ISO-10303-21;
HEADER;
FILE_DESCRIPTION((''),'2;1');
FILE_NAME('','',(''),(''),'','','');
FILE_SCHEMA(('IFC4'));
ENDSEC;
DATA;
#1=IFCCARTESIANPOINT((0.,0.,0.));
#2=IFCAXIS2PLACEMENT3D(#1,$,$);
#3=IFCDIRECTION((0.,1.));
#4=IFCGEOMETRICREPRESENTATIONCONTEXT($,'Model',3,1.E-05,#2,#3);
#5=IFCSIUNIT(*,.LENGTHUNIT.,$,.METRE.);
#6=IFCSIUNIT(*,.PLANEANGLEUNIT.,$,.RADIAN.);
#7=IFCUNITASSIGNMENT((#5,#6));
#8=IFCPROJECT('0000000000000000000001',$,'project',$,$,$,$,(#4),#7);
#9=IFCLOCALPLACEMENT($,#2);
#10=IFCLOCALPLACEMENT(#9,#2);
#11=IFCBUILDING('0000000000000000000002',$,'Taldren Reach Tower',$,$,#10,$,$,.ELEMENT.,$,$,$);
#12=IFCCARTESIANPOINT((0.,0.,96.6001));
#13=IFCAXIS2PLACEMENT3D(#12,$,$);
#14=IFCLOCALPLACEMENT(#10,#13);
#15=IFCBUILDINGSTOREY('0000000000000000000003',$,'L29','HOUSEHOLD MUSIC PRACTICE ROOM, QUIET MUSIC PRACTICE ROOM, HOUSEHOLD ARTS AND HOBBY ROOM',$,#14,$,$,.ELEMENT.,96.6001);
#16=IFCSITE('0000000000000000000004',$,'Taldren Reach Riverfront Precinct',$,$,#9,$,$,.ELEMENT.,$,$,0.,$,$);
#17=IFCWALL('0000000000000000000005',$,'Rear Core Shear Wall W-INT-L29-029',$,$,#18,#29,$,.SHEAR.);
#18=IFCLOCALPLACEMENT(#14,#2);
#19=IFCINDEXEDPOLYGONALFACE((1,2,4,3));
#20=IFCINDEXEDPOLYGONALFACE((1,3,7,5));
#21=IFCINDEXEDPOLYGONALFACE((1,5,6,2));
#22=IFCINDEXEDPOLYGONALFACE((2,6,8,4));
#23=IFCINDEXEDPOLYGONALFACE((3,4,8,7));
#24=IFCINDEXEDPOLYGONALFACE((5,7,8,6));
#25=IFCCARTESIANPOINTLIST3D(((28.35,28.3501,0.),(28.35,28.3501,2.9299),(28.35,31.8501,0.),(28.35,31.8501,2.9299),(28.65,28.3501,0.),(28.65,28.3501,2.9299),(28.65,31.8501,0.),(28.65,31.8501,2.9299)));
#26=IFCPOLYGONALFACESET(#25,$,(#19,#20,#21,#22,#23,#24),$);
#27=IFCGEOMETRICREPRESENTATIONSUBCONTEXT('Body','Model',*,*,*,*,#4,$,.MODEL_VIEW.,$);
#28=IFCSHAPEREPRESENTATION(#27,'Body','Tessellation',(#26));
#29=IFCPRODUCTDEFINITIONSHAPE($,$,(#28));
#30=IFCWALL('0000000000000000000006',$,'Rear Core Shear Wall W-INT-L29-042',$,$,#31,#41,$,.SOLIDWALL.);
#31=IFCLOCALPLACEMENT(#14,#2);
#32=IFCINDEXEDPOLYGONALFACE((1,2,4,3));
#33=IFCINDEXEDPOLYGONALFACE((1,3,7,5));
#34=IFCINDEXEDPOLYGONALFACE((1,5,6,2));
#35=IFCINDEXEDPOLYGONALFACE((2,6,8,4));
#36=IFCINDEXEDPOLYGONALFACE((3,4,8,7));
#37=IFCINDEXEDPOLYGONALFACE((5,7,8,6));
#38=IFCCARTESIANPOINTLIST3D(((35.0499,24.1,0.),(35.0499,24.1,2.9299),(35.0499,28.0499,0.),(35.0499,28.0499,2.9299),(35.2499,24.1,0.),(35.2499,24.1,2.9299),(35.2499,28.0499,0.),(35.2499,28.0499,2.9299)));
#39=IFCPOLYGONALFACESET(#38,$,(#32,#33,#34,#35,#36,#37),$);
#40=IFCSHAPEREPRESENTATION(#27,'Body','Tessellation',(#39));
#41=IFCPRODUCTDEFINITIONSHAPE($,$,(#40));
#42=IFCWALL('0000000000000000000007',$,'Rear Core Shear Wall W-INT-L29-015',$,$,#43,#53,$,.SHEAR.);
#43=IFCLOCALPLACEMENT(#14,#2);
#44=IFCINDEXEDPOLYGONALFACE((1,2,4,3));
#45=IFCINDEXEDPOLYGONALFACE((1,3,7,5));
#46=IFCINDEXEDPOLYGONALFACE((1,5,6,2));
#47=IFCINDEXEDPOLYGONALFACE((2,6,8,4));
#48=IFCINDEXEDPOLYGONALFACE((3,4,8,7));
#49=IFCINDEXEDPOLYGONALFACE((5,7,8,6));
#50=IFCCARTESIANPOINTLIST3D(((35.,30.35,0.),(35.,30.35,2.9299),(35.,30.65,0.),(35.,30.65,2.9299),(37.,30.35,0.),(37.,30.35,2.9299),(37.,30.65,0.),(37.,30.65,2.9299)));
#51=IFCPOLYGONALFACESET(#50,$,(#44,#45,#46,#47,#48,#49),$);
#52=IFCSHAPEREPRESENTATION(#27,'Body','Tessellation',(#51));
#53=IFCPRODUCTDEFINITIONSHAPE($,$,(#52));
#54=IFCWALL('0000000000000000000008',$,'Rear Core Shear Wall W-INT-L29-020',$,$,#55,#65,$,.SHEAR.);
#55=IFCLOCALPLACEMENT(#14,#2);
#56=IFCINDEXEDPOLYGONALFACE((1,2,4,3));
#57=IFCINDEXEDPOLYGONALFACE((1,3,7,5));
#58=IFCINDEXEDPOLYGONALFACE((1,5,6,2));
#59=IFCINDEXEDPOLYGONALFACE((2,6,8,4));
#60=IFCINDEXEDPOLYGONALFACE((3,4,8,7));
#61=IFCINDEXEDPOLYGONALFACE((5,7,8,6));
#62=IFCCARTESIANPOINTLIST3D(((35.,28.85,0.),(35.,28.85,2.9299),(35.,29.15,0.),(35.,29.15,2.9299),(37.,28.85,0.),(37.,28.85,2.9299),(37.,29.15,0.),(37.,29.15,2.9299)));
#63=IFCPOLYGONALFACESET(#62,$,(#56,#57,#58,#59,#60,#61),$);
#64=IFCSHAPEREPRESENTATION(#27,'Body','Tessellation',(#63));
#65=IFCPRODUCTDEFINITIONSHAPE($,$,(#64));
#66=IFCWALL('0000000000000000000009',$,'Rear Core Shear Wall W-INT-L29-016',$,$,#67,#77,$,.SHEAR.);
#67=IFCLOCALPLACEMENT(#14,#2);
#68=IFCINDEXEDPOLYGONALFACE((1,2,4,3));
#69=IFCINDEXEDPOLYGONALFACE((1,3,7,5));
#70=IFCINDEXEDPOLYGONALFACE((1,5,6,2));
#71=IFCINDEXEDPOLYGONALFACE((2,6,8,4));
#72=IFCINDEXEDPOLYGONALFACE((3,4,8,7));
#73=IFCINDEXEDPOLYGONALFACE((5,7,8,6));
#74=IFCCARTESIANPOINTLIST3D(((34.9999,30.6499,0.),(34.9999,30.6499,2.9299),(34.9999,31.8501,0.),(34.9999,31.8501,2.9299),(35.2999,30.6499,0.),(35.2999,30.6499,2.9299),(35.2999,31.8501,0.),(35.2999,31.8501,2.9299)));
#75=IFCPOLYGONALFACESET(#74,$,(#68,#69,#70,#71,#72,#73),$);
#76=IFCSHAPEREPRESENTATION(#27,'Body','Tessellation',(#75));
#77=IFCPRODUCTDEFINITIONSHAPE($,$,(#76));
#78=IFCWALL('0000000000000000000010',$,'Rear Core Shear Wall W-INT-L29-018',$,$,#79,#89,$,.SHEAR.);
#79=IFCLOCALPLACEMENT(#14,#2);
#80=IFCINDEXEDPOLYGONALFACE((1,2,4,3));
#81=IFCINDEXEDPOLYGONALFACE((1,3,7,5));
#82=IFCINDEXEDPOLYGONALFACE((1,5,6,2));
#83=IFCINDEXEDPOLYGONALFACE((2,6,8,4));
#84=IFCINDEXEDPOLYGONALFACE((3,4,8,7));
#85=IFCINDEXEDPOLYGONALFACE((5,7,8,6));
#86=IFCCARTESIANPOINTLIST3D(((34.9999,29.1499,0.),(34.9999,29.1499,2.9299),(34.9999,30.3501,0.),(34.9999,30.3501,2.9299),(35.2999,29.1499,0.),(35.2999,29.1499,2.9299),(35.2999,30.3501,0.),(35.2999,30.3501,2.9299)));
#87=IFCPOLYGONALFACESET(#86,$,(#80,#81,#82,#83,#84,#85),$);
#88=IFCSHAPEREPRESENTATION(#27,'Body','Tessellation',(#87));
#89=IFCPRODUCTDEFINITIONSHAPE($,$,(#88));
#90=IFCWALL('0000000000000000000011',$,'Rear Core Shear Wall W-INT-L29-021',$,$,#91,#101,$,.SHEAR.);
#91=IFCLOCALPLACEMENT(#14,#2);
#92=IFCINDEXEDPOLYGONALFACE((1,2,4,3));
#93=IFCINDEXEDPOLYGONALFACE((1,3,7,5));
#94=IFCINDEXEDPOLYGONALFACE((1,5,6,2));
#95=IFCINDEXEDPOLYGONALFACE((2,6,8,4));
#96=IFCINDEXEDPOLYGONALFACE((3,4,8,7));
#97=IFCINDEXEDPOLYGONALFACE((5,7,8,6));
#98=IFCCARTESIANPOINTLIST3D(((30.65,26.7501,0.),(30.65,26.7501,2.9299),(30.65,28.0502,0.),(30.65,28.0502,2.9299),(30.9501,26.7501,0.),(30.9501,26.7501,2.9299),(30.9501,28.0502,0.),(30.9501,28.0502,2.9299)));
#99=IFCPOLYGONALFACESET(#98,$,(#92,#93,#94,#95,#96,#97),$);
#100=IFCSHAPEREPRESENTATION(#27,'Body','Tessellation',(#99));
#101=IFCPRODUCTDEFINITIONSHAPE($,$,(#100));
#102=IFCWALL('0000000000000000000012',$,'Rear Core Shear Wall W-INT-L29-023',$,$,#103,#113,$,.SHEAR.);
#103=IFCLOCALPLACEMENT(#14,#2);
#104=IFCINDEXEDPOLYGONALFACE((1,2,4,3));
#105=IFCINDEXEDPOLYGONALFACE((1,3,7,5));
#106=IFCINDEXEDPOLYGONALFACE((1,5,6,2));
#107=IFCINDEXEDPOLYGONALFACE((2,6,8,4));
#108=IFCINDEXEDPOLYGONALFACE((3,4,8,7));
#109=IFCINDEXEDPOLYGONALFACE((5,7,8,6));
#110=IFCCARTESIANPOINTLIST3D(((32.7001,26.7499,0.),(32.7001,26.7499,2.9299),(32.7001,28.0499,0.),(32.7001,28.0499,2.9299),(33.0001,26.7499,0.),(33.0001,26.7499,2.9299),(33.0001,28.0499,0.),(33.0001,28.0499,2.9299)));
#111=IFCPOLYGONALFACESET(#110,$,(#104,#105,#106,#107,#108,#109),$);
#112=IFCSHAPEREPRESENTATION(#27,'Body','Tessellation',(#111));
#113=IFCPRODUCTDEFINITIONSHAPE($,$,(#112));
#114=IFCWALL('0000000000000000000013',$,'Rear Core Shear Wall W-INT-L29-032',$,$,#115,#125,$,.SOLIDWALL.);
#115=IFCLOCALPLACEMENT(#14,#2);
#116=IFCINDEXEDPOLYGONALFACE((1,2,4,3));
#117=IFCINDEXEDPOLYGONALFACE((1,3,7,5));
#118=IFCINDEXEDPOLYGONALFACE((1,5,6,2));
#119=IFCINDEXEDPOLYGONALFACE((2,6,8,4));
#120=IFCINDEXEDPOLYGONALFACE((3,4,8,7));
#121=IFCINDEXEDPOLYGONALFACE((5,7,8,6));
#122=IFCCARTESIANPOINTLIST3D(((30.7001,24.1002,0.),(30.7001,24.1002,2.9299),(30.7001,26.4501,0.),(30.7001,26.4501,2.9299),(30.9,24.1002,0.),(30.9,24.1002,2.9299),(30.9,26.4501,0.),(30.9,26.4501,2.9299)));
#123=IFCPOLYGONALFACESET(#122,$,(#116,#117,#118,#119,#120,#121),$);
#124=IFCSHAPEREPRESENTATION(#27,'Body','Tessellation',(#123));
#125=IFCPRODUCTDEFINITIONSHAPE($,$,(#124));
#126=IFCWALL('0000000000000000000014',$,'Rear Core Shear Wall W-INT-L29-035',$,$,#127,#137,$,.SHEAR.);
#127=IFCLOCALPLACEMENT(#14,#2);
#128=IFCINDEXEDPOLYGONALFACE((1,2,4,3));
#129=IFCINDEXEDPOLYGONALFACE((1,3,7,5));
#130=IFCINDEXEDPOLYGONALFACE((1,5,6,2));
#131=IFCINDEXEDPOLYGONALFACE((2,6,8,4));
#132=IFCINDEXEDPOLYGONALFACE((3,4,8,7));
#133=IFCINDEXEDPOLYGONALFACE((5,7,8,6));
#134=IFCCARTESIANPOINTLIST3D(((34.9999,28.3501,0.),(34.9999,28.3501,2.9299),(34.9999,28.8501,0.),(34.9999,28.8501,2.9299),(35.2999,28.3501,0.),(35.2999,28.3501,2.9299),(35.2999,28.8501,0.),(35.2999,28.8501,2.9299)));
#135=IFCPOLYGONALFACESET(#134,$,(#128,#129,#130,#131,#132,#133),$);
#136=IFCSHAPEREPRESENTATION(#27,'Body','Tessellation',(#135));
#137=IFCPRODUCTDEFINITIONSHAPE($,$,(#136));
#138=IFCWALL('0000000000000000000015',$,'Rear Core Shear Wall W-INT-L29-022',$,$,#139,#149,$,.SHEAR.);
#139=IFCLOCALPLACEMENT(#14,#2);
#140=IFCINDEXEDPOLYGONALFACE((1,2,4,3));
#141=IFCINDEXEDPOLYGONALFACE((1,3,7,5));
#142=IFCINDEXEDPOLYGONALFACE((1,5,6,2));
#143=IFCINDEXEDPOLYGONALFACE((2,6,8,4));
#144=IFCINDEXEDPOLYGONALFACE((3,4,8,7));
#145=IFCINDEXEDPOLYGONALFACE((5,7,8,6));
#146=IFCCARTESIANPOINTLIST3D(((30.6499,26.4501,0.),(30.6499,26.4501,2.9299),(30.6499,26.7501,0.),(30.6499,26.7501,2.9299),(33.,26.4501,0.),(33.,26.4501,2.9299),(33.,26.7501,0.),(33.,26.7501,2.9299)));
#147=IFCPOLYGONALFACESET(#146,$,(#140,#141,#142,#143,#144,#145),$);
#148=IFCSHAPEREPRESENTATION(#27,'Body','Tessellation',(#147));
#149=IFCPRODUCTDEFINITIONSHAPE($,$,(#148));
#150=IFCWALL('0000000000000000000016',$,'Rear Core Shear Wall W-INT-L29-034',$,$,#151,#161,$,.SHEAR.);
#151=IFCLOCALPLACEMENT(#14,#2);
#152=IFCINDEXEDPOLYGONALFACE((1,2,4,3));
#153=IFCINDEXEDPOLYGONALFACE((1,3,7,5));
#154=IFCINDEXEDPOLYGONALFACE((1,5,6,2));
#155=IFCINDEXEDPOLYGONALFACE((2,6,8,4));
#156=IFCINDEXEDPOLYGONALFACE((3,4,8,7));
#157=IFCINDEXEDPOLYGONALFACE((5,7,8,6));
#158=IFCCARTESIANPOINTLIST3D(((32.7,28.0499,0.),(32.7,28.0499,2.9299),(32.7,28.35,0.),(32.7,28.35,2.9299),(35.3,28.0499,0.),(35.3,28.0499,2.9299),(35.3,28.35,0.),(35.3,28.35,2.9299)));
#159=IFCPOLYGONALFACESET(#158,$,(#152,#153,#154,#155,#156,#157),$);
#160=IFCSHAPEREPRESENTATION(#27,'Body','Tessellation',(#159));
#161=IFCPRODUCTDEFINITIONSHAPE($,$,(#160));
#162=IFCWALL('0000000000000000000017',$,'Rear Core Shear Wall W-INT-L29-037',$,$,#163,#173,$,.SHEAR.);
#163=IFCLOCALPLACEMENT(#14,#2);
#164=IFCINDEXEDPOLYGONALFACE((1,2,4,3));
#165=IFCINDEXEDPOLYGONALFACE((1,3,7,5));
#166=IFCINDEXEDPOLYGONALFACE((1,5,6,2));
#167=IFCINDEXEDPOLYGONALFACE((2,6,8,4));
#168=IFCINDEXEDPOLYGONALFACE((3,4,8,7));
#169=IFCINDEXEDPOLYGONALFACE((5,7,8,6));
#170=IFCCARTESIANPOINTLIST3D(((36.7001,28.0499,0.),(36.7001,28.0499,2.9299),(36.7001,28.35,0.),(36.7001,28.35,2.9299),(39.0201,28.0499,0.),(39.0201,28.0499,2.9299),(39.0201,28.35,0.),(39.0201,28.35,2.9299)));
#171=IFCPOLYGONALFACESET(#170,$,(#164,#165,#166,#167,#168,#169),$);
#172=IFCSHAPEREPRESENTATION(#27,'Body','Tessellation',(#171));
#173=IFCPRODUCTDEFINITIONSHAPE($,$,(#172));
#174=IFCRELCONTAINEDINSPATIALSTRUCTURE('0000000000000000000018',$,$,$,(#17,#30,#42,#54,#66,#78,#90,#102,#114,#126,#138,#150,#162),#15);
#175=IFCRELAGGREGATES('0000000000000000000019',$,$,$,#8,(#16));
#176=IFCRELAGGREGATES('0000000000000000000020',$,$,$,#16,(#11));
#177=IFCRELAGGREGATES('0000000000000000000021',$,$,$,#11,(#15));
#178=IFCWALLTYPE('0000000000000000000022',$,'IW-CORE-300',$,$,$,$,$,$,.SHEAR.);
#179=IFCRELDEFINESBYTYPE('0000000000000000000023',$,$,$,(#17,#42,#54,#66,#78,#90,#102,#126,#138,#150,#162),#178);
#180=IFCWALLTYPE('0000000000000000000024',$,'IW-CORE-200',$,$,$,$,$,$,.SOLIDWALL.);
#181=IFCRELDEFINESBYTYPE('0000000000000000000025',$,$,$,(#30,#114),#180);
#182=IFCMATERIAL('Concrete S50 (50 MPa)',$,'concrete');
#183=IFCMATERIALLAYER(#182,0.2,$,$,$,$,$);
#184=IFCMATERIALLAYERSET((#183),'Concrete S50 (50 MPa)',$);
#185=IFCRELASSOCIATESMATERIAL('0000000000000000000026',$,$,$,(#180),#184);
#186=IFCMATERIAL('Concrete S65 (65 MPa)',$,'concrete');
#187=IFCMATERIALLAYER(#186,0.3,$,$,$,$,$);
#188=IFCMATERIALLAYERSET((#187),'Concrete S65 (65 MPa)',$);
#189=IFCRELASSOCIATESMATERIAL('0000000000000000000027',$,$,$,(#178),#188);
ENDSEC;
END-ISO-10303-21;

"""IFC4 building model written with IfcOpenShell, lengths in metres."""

from ifc_helpers import new_model, si_unit, direction, frame, frame_2d, origin, place, context, subcontext, project, spatial, rectangle, extrude, source, transform, mapped, material, layer, layer_set, type_object, element, save


model = new_model("IFC4")

# Units and contexts
model_context = context("Model", 3, precision=1e-05, world=origin(), true_north=direction((0.0, 1.0)))
body_context = subcontext(model_context, "Body", "Model", "MODEL_VIEW")
ifc_project = project(units=[si_unit("LENGTHUNIT", "METRE"), si_unit("PLANEANGLEUNIT", "RADIAN")], contexts=[model_context])

# Site, building, storey
site_placement = place(None, origin())
site = spatial("IfcSite", under=ifc_project, at=site_placement, Name="Taldren Reach Riverfront Precinct", CompositionType="ELEMENT", RefElevation=0.0)
building_placement = place(site_placement, origin())
building = spatial("IfcBuilding", under=site, at=building_placement, Name="Taldren Reach Tower", CompositionType="ELEMENT")
storey_placement = place(building_placement, frame((0.0, 0.0, 96.6001)))
storey = spatial("IfcBuildingStorey", under=building, at=storey_placement, Name="L29", Description="HOUSEHOLD MUSIC PRACTICE ROOM, QUIET MUSIC PRACTICE ROOM, HOUSEHOLD ARTS AND HOBBY ROOM", CompositionType="ELEMENT", Elevation=96.6001)

# Shared definitions
ifc_material_1 = material(Name="Concrete S50 (50 MPa)", Category="concrete")
ifc_layer_1 = layer(ifc_material_1, 0.2)
ifc_layer_set_1 = layer_set([ifc_layer_1], Name="Concrete S50 (50 MPa)")
wall_type_1 = type_object("IfcWallType", Name="IW-CORE-200", PredefinedType="SOLIDWALL", material=ifc_layer_set_1)

# Walls
ifc_material_2 = material(Name="Concrete S65 (65 MPa)", Category="concrete")
ifc_layer_2 = layer(ifc_material_2, 0.3)
ifc_layer_set_2 = layer_set([ifc_layer_2], Name="Concrete S65 (65 MPa)")
wall_type_2 = type_object("IfcWallType", Name="IW-CORE-300", PredefinedType="SHEAR", material=ifc_layer_set_2)
shared_shape_1 = source(origin(), body_context, "Body", "SweptSolid", [
    extrude(rectangle(XDim=3.5, YDim=0.3, at=frame_2d((1.75, 0.0))), origin(), (0.0, 0.0, 1.0), 2.9299),
])
wall_1_placement = place(storey_placement, frame((28.5, 28.3501, 0.0), z_axis=(0.0, 0.0, 1.0), x_axis=(0.0, 1.0, 0.0)))
element("IfcWall", 1, at=wall_1_placement, inside=storey, type_object=wall_type_2, Name="Rear Core Shear Wall W-INT-L29-029", PredefinedType="SHEAR", context=body_context, shape_type="MappedRepresentation", body=[
    mapped(shared_shape_1, transform((0.0, 0.0, 0.0), scale=1.0)),
])
shared_shape_2 = source(origin(), body_context, "Body", "SweptSolid", [
    extrude(rectangle(XDim=3.95, YDim=0.2, at=frame_2d((1.9751, 0.0))), origin(), (0.0, 0.0, 1.0), 2.9299),
])
wall_2_placement = place(storey_placement, frame((35.1499, 28.05, 0.0), z_axis=(0.0, 0.0, 1.0), x_axis=(0.0, -1.0, 0.0)))
element("IfcWall", 2, at=wall_2_placement, inside=storey, type_object=wall_type_1, Name="Rear Core Shear Wall W-INT-L29-042", PredefinedType="SOLIDWALL", context=body_context, shape_type="MappedRepresentation", body=[
    mapped(shared_shape_2, transform((0.0, 0.0, 0.0), scale=1.0)),
])
shared_shape_3 = source(origin(), body_context, "Body", "SweptSolid", [
    extrude(rectangle(XDim=2.0, YDim=0.3, at=frame_2d((1.0, 0.0))), origin(), (0.0, 0.0, 1.0), 2.9299),
])
for number, where, z_axis, x_axis, name in (
    (3, (35.0, 30.5, 0.0), (0.0, 0.0, 1.0), (1.0, 0.0, 0.0), "Rear Core Shear Wall W-INT-L29-015"),
    (4, (35.0, 29.0, 0.0), (0.0, 0.0, 1.0), (1.0, 0.0, 0.0), "Rear Core Shear Wall W-INT-L29-020"),
):
    element("IfcWall", number, at=place(storey_placement, frame(where, z_axis=z_axis, x_axis=x_axis)), inside=storey, type_object=wall_type_2, Name=name, PredefinedType="SHEAR", context=body_context, shape_type="MappedRepresentation", body=[
        mapped(shared_shape_3, transform((0.0, 0.0, 0.0), scale=1.0)),
    ])
shared_shape_4 = source(origin(), body_context, "Body", "SweptSolid", [
    extrude(rectangle(XDim=1.2002, YDim=0.3, at=frame_2d((0.6001, 0.0))), origin(), (0.0, 0.0, 1.0), 2.9299),
])
for number, where, z_axis, x_axis, name in (
    (5, (35.1499, 31.8501, 0.0), (0.0, 0.0, 1.0), (0.0, -1.0, 0.0), "Rear Core Shear Wall W-INT-L29-016"),
    (6, (35.1499, 30.3501, 0.0), (0.0, 0.0, 1.0), (0.0, -1.0, 0.0), "Rear Core Shear Wall W-INT-L29-018"),
):
    element("IfcWall", number, at=place(storey_placement, frame(where, z_axis=z_axis, x_axis=x_axis)), inside=storey, type_object=wall_type_2, Name=name, PredefinedType="SHEAR", context=body_context, shape_type="MappedRepresentation", body=[
        mapped(shared_shape_4, transform((0.0, 0.0, 0.0), scale=1.0)),
    ])
shared_shape_5 = source(origin(), body_context, "Body", "SweptSolid", [
    extrude(rectangle(XDim=1.3, YDim=0.3, at=frame_2d((0.6499, 0.0))), origin(), (0.0, 0.0, 1.0), 2.9299),
])
for number, where, z_axis, x_axis, name in (
    (7, (30.8, 28.05, 0.0), (0.0, 0.0, 1.0), (0.0, -1.0, 0.0), "Rear Core Shear Wall W-INT-L29-021"),
    (8, (32.8501, 26.75, 0.0), (0.0, 0.0, 1.0), (0.0, 1.0, 0.0), "Rear Core Shear Wall W-INT-L29-023"),
):
    element("IfcWall", number, at=place(storey_placement, frame(where, z_axis=z_axis, x_axis=x_axis)), inside=storey, type_object=wall_type_2, Name=name, PredefinedType="SHEAR", context=body_context, shape_type="MappedRepresentation", body=[
        mapped(shared_shape_5, transform((0.0, 0.0, 0.0), scale=1.0)),
    ])

# Walls
shared_shape_6 = source(origin(), body_context, "Body", "SweptSolid", [
    extrude(rectangle(XDim=2.3499, YDim=0.2, at=frame_2d((1.1748, 0.0))), origin(), (0.0, 0.0, 1.0), 2.9299),
])
wall_3_placement = place(storey_placement, frame((30.8, 26.45, 0.0), z_axis=(0.0, 0.0, 1.0), x_axis=(0.0, -1.0, 0.0)))
element("IfcWall", 9, at=wall_3_placement, inside=storey, type_object=wall_type_1, Name="Rear Core Shear Wall W-INT-L29-032", PredefinedType="SOLIDWALL", context=body_context, shape_type="MappedRepresentation", body=[
    mapped(shared_shape_6, transform((0.0, 0.0, 0.0), scale=1.0)),
])
shared_shape_7 = source(origin(), body_context, "Body", "SweptSolid", [
    extrude(rectangle(XDim=0.5, YDim=0.3, at=frame_2d((0.25, 0.0))), origin(), (0.0, 0.0, 1.0), 2.9299),
])
wall_4_placement = place(storey_placement, frame((35.1499, 28.3501, 0.0), z_axis=(0.0, 0.0, 1.0), x_axis=(0.0, 1.0, 0.0)))
element("IfcWall", 10, at=wall_4_placement, inside=storey, type_object=wall_type_2, Name="Rear Core Shear Wall W-INT-L29-035", PredefinedType="SHEAR", context=body_context, shape_type="MappedRepresentation", body=[
    mapped(shared_shape_7, transform((0.0, 0.0, 0.0), scale=1.0)),
])
shared_shape_8 = source(origin(), body_context, "Body", "SweptSolid", [
    extrude(rectangle(XDim=2.3501, YDim=0.3, at=frame_2d((1.175, 0.0))), origin(), (0.0, 0.0, 1.0), 2.9299),
])
wall_5_placement = place(storey_placement, frame((30.6499, 26.6001, 0.0), z_axis=(0.0, 0.0, 1.0), x_axis=(1.0, 0.0, 0.0)))
element("IfcWall", 11, at=wall_5_placement, inside=storey, type_object=wall_type_2, Name="Rear Core Shear Wall W-INT-L29-022", PredefinedType="SHEAR", context=body_context, shape_type="MappedRepresentation", body=[
    mapped(shared_shape_8, transform((0.0, 0.0, 0.0), scale=1.0)),
])
shared_shape_9 = source(origin(), body_context, "Body", "SweptSolid", [
    extrude(rectangle(XDim=2.6001, YDim=0.3, at=frame_2d((1.3, 0.0))), origin(), (0.0, 0.0, 1.0), 2.9299),
])
wall_6_placement = place(storey_placement, frame((32.7, 28.2, 0.0), z_axis=(0.0, 0.0, 1.0), x_axis=(1.0, 0.0, 0.0)))
element("IfcWall", 12, at=wall_6_placement, inside=storey, type_object=wall_type_2, Name="Rear Core Shear Wall W-INT-L29-034", PredefinedType="SHEAR", context=body_context, shape_type="MappedRepresentation", body=[
    mapped(shared_shape_9, transform((0.0, 0.0, 0.0), scale=1.0)),
])
shared_shape_10 = source(origin(), body_context, "Body", "SweptSolid", [
    extrude(rectangle(XDim=2.3201, YDim=0.3, at=frame_2d((1.1602, 0.0))), origin(), (0.0, 0.0, 1.0), 2.9299),
])
wall_7_placement = place(storey_placement, frame((36.7, 28.2, 0.0), z_axis=(0.0, 0.0, 1.0), x_axis=(1.0, 0.0, 0.0)))
element("IfcWall", 13, at=wall_7_placement, inside=storey, type_object=wall_type_2, Name="Rear Core Shear Wall W-INT-L29-037", PredefinedType="SHEAR", context=body_context, shape_type="MappedRepresentation", body=[
    mapped(shared_shape_10, transform((0.0, 0.0, 0.0), scale=1.0)),
])

save(model, "model.ifc")
